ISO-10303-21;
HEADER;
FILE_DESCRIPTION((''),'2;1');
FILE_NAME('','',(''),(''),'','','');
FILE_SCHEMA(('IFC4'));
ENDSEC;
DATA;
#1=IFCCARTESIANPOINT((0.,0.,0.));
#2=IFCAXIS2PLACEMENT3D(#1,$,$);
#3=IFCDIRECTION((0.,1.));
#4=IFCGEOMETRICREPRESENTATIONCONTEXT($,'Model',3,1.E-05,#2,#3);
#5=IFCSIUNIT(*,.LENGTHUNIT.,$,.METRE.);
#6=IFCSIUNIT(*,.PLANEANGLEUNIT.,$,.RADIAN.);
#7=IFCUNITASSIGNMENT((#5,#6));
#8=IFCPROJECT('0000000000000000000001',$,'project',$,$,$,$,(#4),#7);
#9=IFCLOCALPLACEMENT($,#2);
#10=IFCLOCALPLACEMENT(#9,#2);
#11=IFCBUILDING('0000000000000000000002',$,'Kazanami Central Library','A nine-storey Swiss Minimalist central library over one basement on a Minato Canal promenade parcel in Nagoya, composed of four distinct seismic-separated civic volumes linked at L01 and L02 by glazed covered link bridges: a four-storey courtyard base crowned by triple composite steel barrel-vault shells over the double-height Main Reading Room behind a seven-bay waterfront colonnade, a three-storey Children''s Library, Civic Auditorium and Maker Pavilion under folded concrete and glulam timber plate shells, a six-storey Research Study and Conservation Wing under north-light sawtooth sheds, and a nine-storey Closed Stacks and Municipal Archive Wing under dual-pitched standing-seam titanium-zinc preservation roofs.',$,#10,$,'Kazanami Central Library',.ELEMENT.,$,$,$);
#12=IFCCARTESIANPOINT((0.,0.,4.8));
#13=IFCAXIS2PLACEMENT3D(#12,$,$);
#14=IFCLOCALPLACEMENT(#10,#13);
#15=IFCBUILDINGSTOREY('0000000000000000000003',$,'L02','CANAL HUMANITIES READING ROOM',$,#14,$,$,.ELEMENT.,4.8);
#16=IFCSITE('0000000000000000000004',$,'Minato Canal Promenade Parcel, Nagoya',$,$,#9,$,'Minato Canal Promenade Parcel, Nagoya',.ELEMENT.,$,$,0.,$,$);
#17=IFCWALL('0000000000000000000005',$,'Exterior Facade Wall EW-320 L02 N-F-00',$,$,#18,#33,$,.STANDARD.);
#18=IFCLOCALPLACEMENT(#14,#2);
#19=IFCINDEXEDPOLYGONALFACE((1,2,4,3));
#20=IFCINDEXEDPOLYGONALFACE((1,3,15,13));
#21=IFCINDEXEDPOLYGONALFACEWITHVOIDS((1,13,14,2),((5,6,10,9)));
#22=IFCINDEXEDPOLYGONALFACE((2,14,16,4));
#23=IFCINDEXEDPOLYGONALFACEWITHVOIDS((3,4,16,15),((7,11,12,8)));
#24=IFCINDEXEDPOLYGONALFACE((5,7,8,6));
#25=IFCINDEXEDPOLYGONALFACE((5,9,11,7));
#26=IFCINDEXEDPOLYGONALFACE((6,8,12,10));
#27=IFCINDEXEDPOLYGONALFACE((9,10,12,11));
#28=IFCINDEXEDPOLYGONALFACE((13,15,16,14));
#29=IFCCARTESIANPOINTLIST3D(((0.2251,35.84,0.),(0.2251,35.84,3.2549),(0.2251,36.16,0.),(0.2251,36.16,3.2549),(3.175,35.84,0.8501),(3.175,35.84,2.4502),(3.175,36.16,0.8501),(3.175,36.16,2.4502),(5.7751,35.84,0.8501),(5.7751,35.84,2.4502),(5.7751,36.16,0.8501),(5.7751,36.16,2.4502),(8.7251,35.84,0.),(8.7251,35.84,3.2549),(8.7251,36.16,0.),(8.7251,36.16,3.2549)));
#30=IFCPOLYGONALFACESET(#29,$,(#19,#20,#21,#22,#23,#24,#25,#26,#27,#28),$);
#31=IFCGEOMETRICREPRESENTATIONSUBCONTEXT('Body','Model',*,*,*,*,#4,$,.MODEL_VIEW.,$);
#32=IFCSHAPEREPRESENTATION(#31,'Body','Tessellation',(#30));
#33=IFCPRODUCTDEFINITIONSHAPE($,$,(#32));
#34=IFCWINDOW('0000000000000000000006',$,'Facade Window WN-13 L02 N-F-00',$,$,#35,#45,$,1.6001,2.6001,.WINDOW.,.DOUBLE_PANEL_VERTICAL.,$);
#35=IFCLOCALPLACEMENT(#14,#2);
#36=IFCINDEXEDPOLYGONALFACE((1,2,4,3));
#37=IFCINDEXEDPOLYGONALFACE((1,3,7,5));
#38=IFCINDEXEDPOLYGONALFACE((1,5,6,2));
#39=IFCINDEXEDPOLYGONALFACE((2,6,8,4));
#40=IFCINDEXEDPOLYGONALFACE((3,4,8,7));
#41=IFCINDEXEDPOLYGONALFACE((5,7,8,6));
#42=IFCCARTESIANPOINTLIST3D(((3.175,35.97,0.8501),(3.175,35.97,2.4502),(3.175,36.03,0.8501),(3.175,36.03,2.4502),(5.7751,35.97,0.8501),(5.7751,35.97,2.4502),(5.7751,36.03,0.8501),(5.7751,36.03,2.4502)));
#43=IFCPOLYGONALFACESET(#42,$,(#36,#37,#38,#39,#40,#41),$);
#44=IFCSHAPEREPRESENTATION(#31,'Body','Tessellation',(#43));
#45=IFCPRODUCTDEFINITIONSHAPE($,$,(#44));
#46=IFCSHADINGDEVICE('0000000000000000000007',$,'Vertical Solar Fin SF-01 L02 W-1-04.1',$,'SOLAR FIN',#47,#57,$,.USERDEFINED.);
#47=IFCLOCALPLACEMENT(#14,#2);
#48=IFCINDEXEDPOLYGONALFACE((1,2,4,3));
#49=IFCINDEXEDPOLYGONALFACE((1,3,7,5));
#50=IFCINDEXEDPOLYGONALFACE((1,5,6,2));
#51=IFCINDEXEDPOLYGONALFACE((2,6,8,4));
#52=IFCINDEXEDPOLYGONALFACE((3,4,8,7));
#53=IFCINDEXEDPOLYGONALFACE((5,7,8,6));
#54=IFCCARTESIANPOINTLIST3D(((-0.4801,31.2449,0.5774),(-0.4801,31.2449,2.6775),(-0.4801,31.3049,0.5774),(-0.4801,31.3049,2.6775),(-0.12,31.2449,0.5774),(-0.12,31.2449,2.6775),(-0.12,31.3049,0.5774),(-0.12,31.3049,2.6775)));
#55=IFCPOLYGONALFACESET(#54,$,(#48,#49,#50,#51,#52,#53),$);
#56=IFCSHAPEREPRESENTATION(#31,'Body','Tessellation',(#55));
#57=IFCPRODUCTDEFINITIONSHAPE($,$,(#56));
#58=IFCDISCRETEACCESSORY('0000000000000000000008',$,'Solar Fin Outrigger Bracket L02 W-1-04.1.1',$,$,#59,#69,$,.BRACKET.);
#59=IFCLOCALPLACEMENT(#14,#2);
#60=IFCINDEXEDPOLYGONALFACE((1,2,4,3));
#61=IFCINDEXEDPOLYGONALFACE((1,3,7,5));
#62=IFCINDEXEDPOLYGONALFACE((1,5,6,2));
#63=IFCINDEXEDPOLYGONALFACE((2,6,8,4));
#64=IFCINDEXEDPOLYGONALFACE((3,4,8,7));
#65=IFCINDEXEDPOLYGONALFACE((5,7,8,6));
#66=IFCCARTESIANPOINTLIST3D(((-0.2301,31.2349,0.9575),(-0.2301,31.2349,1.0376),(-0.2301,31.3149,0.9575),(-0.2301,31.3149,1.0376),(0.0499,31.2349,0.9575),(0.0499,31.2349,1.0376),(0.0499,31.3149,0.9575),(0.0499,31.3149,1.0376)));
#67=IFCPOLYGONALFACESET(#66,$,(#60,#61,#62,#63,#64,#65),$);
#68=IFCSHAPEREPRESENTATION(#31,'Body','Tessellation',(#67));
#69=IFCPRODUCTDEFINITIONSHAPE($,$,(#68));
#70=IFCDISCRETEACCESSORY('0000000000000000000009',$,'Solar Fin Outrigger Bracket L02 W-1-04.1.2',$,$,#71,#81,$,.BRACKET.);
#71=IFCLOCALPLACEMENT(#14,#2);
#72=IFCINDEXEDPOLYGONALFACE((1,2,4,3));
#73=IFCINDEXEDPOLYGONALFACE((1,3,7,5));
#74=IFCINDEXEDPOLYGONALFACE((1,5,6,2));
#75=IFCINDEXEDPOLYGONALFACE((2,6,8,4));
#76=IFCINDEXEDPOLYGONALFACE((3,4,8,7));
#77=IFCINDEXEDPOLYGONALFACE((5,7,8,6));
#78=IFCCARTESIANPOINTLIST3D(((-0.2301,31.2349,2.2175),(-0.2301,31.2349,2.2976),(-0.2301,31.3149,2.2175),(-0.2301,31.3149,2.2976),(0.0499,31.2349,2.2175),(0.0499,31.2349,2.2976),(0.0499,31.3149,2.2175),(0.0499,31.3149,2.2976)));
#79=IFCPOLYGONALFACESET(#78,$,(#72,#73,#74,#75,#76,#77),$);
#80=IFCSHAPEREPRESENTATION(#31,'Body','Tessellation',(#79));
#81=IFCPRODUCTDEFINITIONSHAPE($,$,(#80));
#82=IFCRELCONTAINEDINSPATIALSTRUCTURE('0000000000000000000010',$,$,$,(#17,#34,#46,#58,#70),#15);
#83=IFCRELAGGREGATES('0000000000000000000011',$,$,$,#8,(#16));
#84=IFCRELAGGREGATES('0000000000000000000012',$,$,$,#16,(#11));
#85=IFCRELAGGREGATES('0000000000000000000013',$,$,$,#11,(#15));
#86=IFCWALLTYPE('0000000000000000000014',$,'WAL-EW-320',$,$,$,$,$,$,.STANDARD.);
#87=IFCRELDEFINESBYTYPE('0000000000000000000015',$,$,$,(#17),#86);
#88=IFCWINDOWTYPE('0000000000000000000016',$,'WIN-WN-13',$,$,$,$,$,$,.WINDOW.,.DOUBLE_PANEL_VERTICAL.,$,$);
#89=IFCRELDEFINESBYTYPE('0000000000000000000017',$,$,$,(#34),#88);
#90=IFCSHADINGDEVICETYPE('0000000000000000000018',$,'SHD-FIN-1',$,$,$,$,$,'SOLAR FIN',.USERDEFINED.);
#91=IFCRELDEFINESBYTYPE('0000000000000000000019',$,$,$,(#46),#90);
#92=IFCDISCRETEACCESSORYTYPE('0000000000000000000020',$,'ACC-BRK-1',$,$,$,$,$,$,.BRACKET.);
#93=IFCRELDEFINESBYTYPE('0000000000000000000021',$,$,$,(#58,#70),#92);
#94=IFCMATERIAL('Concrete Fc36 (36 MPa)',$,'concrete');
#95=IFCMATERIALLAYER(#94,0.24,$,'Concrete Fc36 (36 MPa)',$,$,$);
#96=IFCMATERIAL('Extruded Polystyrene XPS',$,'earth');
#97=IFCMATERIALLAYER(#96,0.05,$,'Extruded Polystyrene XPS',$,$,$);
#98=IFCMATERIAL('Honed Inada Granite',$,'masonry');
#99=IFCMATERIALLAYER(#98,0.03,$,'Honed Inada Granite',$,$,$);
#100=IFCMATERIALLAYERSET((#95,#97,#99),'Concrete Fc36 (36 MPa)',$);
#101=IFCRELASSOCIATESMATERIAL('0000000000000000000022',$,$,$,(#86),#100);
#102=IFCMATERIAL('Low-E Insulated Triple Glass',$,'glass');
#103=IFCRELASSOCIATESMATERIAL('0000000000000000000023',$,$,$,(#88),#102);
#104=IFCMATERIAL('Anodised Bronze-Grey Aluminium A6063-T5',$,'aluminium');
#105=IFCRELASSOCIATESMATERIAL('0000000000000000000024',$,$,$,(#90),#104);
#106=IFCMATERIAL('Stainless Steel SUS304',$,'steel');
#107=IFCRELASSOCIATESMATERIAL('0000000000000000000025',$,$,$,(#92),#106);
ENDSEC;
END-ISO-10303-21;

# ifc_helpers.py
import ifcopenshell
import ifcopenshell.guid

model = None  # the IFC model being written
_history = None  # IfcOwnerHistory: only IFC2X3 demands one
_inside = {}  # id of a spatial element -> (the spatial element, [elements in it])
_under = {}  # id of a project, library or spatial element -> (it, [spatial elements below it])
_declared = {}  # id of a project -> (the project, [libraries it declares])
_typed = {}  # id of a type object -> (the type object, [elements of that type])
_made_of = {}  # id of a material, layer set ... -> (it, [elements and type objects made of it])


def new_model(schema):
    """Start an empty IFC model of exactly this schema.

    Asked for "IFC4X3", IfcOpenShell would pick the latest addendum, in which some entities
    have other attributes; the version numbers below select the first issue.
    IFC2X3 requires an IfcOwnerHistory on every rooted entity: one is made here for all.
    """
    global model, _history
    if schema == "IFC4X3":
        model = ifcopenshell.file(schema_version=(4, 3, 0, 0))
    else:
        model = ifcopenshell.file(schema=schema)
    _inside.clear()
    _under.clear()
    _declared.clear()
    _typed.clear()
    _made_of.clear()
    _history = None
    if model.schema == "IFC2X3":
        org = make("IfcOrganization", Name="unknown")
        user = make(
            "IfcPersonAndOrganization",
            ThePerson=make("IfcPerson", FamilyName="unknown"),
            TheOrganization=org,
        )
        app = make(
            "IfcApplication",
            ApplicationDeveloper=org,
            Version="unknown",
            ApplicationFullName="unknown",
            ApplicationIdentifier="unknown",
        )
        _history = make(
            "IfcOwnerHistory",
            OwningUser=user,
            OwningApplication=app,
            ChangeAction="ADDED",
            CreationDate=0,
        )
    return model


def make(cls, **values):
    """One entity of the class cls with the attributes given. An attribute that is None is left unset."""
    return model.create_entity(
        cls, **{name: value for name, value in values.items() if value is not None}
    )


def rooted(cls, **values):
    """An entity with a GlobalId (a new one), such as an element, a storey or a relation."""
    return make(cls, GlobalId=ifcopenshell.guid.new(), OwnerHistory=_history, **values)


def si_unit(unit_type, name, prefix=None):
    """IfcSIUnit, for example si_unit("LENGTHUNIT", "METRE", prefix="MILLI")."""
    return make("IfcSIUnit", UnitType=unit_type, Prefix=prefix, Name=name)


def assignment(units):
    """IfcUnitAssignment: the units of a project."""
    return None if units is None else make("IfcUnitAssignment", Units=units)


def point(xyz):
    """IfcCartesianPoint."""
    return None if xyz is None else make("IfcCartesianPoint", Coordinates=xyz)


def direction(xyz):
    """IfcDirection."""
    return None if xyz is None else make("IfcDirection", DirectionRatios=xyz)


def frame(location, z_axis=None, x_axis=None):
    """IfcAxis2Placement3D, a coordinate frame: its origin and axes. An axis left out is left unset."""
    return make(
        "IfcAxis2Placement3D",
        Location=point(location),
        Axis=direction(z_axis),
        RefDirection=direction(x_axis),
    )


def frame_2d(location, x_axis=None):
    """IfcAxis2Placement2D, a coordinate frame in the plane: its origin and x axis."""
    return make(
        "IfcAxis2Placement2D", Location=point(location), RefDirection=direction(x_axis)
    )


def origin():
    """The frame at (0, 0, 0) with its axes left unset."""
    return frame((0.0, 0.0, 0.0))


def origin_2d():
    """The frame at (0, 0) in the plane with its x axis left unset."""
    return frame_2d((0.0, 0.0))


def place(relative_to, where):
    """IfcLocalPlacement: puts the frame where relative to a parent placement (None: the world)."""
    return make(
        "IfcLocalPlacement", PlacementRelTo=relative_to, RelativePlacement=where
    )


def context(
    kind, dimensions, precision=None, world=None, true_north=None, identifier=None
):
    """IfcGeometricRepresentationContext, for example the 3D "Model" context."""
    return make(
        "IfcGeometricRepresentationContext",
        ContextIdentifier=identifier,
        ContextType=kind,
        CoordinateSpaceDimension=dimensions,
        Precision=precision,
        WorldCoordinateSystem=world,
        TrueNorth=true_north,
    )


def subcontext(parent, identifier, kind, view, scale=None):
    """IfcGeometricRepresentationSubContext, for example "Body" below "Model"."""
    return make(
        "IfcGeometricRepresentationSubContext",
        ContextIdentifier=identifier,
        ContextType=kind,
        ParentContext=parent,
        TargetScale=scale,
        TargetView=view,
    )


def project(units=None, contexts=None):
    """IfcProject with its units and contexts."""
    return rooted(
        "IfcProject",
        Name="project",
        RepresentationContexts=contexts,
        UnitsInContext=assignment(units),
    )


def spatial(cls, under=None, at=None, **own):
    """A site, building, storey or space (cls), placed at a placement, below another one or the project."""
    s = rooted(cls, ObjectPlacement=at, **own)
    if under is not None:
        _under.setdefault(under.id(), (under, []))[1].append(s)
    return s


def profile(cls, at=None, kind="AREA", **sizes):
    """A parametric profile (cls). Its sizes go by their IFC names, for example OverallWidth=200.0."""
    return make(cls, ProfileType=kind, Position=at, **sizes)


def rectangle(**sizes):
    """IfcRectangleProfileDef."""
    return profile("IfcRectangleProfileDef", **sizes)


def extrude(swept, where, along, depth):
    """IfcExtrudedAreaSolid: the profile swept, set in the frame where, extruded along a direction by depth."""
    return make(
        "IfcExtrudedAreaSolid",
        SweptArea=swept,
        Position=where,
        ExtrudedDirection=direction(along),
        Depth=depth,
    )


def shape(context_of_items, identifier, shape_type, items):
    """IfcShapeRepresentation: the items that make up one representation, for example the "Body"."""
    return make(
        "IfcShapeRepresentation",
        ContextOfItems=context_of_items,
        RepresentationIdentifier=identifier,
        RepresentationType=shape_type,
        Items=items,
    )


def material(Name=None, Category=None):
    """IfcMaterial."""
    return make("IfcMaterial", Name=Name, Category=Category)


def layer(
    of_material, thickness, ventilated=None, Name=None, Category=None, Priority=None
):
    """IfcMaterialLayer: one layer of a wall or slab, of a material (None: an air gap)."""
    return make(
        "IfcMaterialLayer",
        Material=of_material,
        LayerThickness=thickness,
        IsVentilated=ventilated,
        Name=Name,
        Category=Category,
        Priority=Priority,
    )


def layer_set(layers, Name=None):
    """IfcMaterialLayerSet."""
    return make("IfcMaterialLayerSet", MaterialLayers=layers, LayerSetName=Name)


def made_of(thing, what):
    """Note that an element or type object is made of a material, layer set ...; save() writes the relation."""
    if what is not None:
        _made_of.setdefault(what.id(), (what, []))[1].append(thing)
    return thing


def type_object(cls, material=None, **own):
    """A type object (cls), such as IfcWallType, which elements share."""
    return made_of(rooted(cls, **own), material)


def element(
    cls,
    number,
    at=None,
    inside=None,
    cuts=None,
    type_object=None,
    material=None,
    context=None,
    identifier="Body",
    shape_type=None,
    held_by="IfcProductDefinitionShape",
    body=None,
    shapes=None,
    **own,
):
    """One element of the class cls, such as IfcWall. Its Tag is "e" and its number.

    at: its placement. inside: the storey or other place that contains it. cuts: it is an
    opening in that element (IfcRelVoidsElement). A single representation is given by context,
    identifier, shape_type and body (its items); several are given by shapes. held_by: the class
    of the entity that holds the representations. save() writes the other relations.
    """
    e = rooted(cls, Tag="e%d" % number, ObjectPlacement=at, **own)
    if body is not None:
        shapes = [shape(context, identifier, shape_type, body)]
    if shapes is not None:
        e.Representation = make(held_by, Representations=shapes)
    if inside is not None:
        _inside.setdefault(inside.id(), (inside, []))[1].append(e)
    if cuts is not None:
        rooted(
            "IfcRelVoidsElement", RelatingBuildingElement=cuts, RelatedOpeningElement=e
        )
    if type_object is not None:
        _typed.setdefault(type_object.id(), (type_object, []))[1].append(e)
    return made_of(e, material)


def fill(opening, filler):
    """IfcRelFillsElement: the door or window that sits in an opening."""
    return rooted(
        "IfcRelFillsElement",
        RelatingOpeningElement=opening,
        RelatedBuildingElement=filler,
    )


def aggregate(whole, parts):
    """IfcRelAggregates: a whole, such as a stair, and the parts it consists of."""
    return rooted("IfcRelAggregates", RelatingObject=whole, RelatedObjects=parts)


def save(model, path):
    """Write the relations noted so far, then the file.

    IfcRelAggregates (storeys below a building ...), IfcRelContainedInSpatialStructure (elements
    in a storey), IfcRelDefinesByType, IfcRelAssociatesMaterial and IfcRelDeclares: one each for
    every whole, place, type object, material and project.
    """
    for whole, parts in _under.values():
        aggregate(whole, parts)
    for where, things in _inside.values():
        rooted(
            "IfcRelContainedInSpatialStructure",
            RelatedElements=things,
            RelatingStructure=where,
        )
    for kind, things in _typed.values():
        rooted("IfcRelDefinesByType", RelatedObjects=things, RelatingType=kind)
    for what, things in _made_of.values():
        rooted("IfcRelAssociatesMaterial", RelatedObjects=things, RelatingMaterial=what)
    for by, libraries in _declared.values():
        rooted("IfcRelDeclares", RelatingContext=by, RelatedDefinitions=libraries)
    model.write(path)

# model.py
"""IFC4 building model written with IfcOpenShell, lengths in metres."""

from ifc_helpers import new_model, si_unit, direction, frame, frame_2d, origin, origin_2d, place, context, subcontext, project, spatial, rectangle, extrude, material, layer, layer_set, type_object, element, fill, save


model = new_model("IFC4")

# Units and contexts
model_context = context("Model", 3, precision=1e-05, world=origin(), true_north=direction((0.0, 1.0)))
body_context = subcontext(model_context, "Body", "Model", "MODEL_VIEW")
ifc_project = project(units=[si_unit("LENGTHUNIT", "METRE"), si_unit("PLANEANGLEUNIT", "RADIAN")], contexts=[model_context])

# Site, building, storey
site_placement = place(None, origin())
site = spatial("IfcSite", under=ifc_project, at=site_placement, Name="Minato Canal Promenade Parcel, Nagoya", LongName="Minato Canal Promenade Parcel, Nagoya", CompositionType="ELEMENT", RefElevation=0.0)
building_placement = place(site_placement, origin())
building = spatial("IfcBuilding", under=site, at=building_placement, Name="Kazanami Central Library", Description="A nine-storey Swiss Minimalist central library over one basement on a Minato Canal promenade parcel in Nagoya, composed of four distinct seismic-separated civic volumes linked at L01 and L02 by glazed covered link bridges: a four-storey courtyard base crowned by triple composite steel barrel-vault shells over the double-height Main Reading Room behind a seven-bay waterfront colonnade, a three-storey Children's Library, Civic Auditorium and Maker Pavilion under folded concrete and glulam timber plate shells, a six-storey Research Study and Conservation Wing under north-light sawtooth sheds, and a nine-storey Closed Stacks and Municipal Archive Wing under dual-pitched standing-seam titanium-zinc preservation roofs.", LongName="Kazanami Central Library", CompositionType="ELEMENT")
storey_placement = place(building_placement, frame((0.0, 0.0, 4.8)))
storey = spatial("IfcBuildingStorey", under=building, at=storey_placement, Name="L02", Description="CANAL HUMANITIES READING ROOM", CompositionType="ELEMENT", Elevation=4.8)

# Shared definitions
ifc_material_1 = material(Name="Low-E Insulated Triple Glass", Category="glass")

# Wall, opening, window
ifc_material_2 = material(Name="Concrete Fc36 (36 MPa)", Category="concrete")
ifc_layer_1 = layer(ifc_material_2, 0.24, Name="Concrete Fc36 (36 MPa)")
ifc_material_3 = material(Name="Extruded Polystyrene XPS", Category="earth")
ifc_layer_2 = layer(ifc_material_3, 0.05, Name="Extruded Polystyrene XPS")
ifc_material_4 = material(Name="Honed Inada Granite", Category="masonry")
ifc_layer_3 = layer(ifc_material_4, 0.03, Name="Honed Inada Granite")
ifc_layer_set_1 = layer_set([ifc_layer_1, ifc_layer_2, ifc_layer_3], Name="Concrete Fc36 (36 MPa)")
wall_type = type_object("IfcWallType", Name="WAL-EW-320", PredefinedType="STANDARD", material=ifc_layer_set_1)
wall_placement = place(storey_placement, frame((8.7251, 36.0, 0.0), z_axis=(0.0, 0.0, 1.0), x_axis=(-1.0, 0.0, 0.0)))
wall = element("IfcWall", 1, at=wall_placement, inside=storey, type_object=wall_type, Name="Exterior Facade Wall EW-320 L02 N-F-00", PredefinedType="STANDARD", context=body_context, shape_type="SweptSolid", body=[
    extrude(rectangle(XDim=8.5, YDim=0.3201, at=frame_2d((4.25, 0.0))), origin(), (0.0, 0.0, 1.0), 3.2549),
])
opening_placement = place(wall_placement, frame((2.95, 0.0, 0.8501)))
opening = element("IfcOpeningElement", 2, at=opening_placement, cuts=wall, PredefinedType="OPENING", context=body_context, shape_type="SweptSolid", body=[
    extrude(rectangle(XDim=2.6001, YDim=1.6001, at=frame_2d((1.3, 0.8))), frame((0.0, 0.1719, 0.0), z_axis=(0.0, -1.0, 0.0), x_axis=(1.0, 0.0, 0.0)), (0.0, 0.0, 1.0), 0.344),
])
window_type = type_object("IfcWindowType", Name="WIN-WN-13", PartitioningType="DOUBLE_PANEL_VERTICAL", PredefinedType="WINDOW", material=ifc_material_1)
window_placement = place(opening_placement, origin())
window = element("IfcWindow", 3, at=window_placement, inside=storey, type_object=window_type, Name="Facade Window WN-13 L02 N-F-00", OverallHeight=1.6001, OverallWidth=2.6001, PartitioningType="DOUBLE_PANEL_VERTICAL", PredefinedType="WINDOW", context=body_context, shape_type="SweptSolid", body=[
    extrude(rectangle(XDim=2.6001, YDim=1.6001, at=frame_2d((1.3, 0.8))), frame((0.0, 0.03, 0.0), z_axis=(0.0, -1.0, 0.0), x_axis=(1.0, 0.0, 0.0)), (0.0, 0.0, 1.0), 0.0601),
])
fill(opening, window)

# Shading device
ifc_material_5 = material(Name="Anodised Bronze-Grey Aluminium A6063-T5", Category="aluminium")
shading_device_type = type_object("IfcShadingDeviceType", Name="SHD-FIN-1", ElementType="SOLAR FIN", PredefinedType="USERDEFINED", material=ifc_material_5)
shading_device_placement = place(storey_placement, frame((-0.3, 31.2749, 0.5774), z_axis=(0.0, 0.0, 1.0), x_axis=(0.0, 1.0, 0.0)))
element("IfcShadingDevice", 4, at=shading_device_placement, inside=storey, type_object=shading_device_type, Name="Vertical Solar Fin SF-01 L02 W-1-04.1", ObjectType="SOLAR FIN", PredefinedType="USERDEFINED", context=body_context, shape_type="SweptSolid", body=[
    extrude(rectangle(XDim=0.0601, YDim=0.3601, at=origin_2d()), origin(), (0.0, 0.0, 1.0), 2.1001),
])

# Discrete accessories
ifc_material_6 = material(Name="Stainless Steel SUS304", Category="steel")
discrete_accessory_type = type_object("IfcDiscreteAccessoryType", Name="ACC-BRK-1", PredefinedType="BRACKET", material=ifc_material_6)
for number, where, z_axis, x_axis, name in (
    (5, (-0.0901, 31.2749, 0.9575), (0.0, 0.0, 1.0), (0.0, 1.0, 0.0), "Solar Fin Outrigger Bracket L02 W-1-04.1.1"),
    (6, (-0.0901, 31.2749, 2.2175), (0.0, 0.0, 1.0), (0.0, 1.0, 0.0), "Solar Fin Outrigger Bracket L02 W-1-04.1.2"),
):
    element("IfcDiscreteAccessory", number, at=place(storey_placement, frame(where, z_axis=z_axis, x_axis=x_axis)), inside=storey, type_object=discrete_accessory_type, Name=name, PredefinedType="BRACKET", context=body_context, shape_type="SweptSolid", body=[
        extrude(rectangle(XDim=0.0801, YDim=0.28, at=origin_2d()), origin(), (0.0, 0.0, 1.0), 0.0801),
    ])

save(model, "model.ifc")
